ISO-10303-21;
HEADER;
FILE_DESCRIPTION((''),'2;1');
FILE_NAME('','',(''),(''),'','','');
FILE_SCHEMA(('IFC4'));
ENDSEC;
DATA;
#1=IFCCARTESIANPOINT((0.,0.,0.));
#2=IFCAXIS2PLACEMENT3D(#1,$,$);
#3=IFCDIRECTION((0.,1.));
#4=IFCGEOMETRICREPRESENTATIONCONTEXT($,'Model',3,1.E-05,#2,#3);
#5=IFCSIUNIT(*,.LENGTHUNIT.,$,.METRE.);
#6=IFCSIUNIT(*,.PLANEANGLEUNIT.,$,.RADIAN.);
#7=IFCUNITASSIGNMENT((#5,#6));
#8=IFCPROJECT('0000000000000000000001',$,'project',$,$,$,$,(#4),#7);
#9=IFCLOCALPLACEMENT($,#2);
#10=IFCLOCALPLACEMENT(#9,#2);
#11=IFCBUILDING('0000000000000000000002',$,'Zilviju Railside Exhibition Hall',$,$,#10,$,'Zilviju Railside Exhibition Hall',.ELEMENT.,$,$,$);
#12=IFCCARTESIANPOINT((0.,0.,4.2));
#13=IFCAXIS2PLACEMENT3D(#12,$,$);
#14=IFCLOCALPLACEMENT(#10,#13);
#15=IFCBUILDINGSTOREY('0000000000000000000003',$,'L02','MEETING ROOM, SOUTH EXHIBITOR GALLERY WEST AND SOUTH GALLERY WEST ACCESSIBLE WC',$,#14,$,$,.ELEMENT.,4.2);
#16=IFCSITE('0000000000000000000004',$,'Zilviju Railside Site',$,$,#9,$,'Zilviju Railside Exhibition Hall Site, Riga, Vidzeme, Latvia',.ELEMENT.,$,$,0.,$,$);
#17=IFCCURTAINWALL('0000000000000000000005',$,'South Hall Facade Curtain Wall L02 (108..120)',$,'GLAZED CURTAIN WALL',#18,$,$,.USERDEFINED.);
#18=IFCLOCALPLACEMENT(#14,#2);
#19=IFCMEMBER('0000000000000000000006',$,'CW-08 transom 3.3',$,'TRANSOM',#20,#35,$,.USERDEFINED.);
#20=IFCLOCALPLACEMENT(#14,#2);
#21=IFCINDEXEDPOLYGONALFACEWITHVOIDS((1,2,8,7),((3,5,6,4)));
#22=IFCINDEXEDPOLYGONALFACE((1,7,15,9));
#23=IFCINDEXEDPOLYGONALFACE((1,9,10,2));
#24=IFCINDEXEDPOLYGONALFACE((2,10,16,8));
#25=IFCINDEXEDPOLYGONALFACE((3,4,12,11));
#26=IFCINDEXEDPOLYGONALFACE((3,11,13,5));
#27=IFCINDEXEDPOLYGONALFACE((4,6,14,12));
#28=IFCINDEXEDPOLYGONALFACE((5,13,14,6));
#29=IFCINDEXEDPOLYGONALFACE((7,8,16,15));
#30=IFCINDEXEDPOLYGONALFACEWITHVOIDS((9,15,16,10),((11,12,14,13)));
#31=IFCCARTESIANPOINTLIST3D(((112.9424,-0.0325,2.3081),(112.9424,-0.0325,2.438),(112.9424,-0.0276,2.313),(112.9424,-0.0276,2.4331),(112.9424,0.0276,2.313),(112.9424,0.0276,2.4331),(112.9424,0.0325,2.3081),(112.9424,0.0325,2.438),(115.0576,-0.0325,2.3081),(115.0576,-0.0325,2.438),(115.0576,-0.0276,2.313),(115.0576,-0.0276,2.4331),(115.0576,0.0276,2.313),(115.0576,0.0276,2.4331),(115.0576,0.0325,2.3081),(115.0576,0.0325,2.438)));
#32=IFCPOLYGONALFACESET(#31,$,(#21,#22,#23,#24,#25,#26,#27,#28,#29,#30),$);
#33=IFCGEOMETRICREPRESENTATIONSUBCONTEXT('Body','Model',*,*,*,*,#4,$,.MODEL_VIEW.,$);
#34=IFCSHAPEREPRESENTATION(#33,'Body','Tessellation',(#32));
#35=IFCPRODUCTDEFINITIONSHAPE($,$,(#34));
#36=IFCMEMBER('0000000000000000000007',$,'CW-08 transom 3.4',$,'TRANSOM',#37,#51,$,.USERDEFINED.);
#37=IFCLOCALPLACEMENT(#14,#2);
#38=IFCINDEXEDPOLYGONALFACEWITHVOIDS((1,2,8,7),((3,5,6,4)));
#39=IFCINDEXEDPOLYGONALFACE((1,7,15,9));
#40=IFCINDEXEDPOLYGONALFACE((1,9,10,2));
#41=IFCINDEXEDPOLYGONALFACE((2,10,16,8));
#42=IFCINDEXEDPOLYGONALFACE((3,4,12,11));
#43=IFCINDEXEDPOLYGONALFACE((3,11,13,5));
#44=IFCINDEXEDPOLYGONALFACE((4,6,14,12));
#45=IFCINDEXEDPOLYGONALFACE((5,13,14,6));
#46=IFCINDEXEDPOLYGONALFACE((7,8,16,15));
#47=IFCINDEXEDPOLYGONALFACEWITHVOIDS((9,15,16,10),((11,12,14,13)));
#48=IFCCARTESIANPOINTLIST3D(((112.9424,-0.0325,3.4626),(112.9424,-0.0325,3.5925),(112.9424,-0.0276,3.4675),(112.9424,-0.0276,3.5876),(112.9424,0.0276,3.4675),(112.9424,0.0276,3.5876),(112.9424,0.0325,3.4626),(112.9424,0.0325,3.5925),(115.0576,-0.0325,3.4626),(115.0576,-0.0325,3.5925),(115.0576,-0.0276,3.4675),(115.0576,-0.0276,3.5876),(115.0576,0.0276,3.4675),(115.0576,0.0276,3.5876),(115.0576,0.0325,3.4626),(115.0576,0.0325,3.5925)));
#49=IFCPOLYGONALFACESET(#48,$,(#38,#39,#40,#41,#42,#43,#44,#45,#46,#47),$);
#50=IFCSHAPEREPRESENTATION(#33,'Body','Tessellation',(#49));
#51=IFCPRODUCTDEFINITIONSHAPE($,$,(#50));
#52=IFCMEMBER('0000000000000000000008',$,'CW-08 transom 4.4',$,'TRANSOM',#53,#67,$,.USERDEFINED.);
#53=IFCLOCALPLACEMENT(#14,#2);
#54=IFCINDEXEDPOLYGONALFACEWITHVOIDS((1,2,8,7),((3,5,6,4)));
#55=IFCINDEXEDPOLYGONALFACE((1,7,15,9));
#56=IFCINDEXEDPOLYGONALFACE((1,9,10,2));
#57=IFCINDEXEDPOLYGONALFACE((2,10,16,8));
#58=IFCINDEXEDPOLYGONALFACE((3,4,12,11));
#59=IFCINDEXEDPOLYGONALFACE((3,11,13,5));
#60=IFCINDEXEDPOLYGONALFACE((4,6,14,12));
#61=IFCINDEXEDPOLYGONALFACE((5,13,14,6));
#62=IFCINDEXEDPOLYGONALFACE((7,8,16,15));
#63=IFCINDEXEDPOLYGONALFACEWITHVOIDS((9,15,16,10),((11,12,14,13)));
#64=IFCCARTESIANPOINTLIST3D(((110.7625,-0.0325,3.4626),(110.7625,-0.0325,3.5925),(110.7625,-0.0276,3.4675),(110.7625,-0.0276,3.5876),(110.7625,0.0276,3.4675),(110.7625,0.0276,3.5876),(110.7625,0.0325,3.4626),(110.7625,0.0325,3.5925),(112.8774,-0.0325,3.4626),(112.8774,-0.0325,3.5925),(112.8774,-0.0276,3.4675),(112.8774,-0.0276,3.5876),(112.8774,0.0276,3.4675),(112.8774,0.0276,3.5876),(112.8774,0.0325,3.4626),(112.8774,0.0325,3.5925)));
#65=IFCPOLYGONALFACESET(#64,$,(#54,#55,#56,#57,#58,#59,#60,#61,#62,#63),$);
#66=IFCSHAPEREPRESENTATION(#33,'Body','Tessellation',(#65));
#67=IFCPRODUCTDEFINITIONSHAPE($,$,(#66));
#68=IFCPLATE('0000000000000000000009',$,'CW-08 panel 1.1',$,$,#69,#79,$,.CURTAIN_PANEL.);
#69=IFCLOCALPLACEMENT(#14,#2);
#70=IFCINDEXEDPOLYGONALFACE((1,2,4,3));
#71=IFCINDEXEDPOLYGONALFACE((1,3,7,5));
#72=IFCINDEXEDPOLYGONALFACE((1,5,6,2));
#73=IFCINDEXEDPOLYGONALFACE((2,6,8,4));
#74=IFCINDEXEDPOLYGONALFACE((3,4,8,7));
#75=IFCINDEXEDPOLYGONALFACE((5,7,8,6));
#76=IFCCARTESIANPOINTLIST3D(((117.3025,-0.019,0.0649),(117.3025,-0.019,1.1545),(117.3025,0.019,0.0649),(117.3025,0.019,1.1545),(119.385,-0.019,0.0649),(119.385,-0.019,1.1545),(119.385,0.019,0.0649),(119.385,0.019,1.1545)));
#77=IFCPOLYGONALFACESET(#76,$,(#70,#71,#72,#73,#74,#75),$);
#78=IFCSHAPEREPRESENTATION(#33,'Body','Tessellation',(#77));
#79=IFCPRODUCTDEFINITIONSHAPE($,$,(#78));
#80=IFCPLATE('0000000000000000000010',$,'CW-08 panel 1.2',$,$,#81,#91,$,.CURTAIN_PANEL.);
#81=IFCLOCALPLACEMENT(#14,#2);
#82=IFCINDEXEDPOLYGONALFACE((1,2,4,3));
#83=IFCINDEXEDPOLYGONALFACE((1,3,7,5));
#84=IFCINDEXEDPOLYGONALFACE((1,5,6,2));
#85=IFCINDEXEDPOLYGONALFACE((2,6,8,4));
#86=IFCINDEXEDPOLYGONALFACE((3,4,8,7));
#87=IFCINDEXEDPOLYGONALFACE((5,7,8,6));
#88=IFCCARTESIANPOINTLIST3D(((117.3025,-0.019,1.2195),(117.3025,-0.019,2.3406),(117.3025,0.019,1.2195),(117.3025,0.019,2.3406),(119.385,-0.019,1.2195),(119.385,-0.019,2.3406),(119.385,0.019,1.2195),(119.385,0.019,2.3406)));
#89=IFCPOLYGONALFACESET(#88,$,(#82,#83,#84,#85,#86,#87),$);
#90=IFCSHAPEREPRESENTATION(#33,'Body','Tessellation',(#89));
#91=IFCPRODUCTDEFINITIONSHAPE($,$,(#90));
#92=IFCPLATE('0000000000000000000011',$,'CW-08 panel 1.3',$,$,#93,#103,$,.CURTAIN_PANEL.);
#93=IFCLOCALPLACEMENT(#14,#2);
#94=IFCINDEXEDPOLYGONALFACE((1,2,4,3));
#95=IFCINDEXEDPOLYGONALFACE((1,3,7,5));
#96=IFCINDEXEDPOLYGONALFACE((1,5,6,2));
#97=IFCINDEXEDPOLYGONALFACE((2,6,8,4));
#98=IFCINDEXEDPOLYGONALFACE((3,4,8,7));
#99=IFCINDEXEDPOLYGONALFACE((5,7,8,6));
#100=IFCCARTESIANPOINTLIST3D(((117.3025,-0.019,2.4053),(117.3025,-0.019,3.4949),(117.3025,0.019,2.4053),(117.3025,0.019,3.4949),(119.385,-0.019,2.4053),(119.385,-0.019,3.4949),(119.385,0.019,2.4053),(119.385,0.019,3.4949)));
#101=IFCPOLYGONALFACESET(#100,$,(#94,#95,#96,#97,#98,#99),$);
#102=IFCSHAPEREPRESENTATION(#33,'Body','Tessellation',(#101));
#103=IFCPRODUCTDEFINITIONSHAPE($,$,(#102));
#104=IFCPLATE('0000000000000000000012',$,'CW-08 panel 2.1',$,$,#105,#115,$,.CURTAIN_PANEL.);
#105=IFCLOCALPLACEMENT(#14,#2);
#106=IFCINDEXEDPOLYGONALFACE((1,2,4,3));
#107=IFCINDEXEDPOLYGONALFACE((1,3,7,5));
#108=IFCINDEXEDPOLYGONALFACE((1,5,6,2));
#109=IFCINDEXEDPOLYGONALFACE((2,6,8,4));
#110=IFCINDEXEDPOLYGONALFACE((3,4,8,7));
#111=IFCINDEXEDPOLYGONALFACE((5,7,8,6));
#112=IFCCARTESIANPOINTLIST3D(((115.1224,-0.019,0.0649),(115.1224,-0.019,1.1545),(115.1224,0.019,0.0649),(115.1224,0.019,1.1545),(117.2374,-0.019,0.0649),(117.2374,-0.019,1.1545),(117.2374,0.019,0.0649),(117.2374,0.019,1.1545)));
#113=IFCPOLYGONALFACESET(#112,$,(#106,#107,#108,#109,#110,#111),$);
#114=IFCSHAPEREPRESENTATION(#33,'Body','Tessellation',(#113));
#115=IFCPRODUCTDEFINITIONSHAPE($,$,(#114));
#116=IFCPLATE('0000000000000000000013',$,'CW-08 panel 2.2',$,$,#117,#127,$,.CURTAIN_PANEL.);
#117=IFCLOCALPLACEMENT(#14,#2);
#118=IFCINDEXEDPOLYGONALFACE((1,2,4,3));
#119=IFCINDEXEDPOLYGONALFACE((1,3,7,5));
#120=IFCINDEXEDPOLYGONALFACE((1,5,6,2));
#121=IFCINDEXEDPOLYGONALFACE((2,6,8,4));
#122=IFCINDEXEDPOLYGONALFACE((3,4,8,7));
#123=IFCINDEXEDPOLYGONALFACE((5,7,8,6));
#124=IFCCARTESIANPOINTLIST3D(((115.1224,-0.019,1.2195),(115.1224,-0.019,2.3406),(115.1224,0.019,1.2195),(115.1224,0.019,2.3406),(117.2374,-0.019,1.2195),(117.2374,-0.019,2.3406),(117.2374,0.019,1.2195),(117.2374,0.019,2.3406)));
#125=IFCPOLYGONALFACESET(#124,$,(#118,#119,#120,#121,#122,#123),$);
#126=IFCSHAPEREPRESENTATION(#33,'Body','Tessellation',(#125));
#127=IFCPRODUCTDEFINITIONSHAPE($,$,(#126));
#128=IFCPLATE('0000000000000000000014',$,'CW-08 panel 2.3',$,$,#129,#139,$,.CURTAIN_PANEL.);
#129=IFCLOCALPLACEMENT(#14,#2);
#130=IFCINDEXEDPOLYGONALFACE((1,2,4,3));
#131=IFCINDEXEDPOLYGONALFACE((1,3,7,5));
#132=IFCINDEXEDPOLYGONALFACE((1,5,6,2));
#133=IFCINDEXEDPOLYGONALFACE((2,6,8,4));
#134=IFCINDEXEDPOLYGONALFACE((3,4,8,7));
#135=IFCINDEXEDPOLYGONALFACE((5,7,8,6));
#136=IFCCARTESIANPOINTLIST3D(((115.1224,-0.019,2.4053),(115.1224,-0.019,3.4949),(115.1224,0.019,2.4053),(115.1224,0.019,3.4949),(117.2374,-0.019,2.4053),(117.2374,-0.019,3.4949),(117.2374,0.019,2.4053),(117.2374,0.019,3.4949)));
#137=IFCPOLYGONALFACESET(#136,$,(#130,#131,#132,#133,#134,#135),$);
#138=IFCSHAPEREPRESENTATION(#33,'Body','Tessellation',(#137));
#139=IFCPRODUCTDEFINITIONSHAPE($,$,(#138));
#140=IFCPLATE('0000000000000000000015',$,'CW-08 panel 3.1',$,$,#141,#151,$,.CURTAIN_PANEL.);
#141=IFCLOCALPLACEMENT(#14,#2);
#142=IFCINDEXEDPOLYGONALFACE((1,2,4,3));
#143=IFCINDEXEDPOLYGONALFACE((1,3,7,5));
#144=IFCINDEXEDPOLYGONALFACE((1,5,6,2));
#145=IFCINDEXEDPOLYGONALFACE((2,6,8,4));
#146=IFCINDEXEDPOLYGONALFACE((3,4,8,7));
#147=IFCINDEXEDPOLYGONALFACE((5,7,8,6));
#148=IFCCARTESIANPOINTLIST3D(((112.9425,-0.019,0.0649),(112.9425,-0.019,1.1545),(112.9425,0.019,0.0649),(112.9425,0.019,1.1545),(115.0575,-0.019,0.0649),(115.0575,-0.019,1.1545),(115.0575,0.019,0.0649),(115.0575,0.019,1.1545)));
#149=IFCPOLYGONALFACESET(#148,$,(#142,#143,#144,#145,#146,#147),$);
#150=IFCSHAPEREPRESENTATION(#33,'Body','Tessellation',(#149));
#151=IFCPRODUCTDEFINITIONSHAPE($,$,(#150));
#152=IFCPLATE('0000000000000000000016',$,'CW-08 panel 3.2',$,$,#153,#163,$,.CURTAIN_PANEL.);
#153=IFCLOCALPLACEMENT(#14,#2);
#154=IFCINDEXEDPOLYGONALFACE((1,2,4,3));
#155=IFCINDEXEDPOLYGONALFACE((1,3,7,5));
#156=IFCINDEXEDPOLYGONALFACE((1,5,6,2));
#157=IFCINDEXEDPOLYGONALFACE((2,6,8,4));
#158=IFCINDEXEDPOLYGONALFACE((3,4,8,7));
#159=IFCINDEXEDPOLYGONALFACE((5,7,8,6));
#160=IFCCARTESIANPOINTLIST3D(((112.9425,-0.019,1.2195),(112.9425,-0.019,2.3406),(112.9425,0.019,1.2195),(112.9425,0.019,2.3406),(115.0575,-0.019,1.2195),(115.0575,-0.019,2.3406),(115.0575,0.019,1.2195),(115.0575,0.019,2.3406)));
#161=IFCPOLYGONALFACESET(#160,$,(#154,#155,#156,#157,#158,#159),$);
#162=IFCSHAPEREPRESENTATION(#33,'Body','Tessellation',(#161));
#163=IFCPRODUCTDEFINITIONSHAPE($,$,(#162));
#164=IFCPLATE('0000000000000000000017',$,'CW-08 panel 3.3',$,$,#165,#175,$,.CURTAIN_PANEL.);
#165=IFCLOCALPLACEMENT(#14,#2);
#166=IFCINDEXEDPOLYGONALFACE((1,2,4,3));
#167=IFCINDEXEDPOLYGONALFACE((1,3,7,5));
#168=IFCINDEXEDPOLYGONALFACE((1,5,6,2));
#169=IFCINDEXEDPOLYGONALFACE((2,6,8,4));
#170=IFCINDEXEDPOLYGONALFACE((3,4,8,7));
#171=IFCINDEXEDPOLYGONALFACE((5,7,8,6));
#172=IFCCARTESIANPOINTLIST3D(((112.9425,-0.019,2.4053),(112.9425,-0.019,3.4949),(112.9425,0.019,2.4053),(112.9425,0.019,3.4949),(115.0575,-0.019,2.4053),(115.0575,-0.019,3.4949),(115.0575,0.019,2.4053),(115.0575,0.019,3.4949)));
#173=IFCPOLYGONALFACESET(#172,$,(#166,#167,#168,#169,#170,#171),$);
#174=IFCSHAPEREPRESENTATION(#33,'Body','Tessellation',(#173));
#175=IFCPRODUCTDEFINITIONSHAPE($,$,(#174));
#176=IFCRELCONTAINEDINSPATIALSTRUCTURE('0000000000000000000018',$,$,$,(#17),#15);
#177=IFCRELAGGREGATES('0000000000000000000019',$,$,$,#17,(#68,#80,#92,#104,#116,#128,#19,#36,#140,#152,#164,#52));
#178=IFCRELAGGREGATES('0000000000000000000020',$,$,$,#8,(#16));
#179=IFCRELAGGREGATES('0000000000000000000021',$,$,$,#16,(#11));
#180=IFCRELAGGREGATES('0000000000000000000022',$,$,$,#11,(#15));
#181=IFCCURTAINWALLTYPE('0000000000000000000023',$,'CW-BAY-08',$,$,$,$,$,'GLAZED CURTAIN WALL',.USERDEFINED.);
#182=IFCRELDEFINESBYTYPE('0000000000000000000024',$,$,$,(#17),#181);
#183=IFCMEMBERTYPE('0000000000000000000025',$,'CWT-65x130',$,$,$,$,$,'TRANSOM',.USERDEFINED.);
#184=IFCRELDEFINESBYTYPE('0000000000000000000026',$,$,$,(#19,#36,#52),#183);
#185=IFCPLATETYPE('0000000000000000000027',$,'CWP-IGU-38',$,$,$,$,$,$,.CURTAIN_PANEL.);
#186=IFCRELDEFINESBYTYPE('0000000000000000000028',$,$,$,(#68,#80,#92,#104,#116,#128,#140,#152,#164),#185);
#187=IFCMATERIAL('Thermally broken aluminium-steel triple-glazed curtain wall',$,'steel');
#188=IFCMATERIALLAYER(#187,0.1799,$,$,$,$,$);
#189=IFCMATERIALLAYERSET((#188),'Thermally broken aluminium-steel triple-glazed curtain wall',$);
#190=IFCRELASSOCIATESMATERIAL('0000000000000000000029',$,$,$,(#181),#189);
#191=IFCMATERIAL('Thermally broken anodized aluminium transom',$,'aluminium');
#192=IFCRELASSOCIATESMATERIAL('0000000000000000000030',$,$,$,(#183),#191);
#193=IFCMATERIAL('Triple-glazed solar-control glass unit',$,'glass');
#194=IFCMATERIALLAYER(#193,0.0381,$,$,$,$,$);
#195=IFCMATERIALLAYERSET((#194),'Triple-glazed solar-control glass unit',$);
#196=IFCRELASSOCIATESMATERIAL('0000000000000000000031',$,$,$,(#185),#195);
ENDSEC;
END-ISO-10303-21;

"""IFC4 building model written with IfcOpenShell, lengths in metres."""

from ifc_helpers import new_model, si_unit, direction, frame, origin, origin_2d, place, context, subcontext, project, spatial, rectangle, hollow_rectangle, extrude, material, layer, layer_set, material_profile, profile_set, type_object, element, aggregate, save


model = new_model("IFC4")

# Units and contexts
model_context = context("Model", 3, precision=1e-05, world=origin(), true_north=direction((0.0, 1.0)))
body_context = subcontext(model_context, "Body", "Model", "MODEL_VIEW")
ifc_project = project(units=[si_unit("LENGTHUNIT", "METRE"), si_unit("PLANEANGLEUNIT", "RADIAN")], contexts=[model_context])

# Site, building, storey
site_placement = place(None, origin())
site = spatial("IfcSite", under=ifc_project, at=site_placement, Name="Zilviju Railside Site", LongName="Zilviju Railside Exhibition Hall Site, Riga, Vidzeme, Latvia", CompositionType="ELEMENT", RefElevation=0.0)
building_placement = place(site_placement, origin())
building = spatial("IfcBuilding", under=site, at=building_placement, Name="Zilviju Railside Exhibition Hall", LongName="Zilviju Railside Exhibition Hall", CompositionType="ELEMENT")
storey_placement = place(building_placement, frame((0.0, 0.0, 4.2)))
storey = spatial("IfcBuildingStorey", under=building, at=storey_placement, Name="L02", Description="MEETING ROOM, SOUTH EXHIBITOR GALLERY WEST AND SOUTH GALLERY WEST ACCESSIBLE WC", CompositionType="ELEMENT", Elevation=4.2)

# Curtain wall, members, plates
ifc_material_1 = material(Name="Thermally broken aluminium-steel triple-glazed curtain wall", Category="steel")
ifc_layer_1 = layer(ifc_material_1, 0.1799)
ifc_layer_set_1 = layer_set([ifc_layer_1], Name="Thermally broken aluminium-steel triple-glazed curtain wall")
curtain_wall_type = type_object("IfcCurtainWallType", Name="CW-BAY-08", ElementType="GLAZED CURTAIN WALL", PredefinedType="USERDEFINED", material=ifc_layer_set_1)
curtain_wall_placement = place(storey_placement, origin())
curtain_wall = element("IfcCurtainWall", 1, at=curtain_wall_placement, inside=storey, type_object=curtain_wall_type, Name="South Hall Facade Curtain Wall L02 (108..120)", ObjectType="GLAZED CURTAIN WALL", PredefinedType="USERDEFINED")
ifc_material_2 = material(Name="Thermally broken anodized aluminium transom", Category="aluminium")
ifc_material_profile_1 = material_profile(ifc_material_2, hollow_rectangle(XDim=0.0649, YDim=0.1299, WallThickness=0.0049, at=origin_2d()), Name="TRANSOM 130x65x5")
ifc_profile_set_1 = profile_set([ifc_material_profile_1], Name="Thermally broken anodized aluminium transom")
member_type_1 = type_object("IfcMemberType", Name="CWT-65x130", ElementType="TRANSOM", PredefinedType="USERDEFINED", material=ifc_profile_set_1)
member_1_placement = place(storey_placement, frame((115.0576, 0.0, 2.373), z_axis=(-1.0, 0.0, 0.0), x_axis=(0.0, -1.0, 0.0)))
member_1 = element("IfcMember", 2, at=member_1_placement, type_object=member_type_1, Name="CW-08 transom 3.3", ObjectType="TRANSOM", PredefinedType="USERDEFINED", context=body_context, shape_type="SweptSolid", body=[
    extrude(hollow_rectangle(XDim=0.0649, YDim=0.1299, WallThickness=0.0049, at=origin_2d()), origin(), (0.0, 0.0, 1.0), 2.1152),
])
member_2_placement = place(storey_placement, frame((115.0576, 0.0, 3.5276), z_axis=(-1.0, 0.0, 0.0), x_axis=(0.0, -1.0, 0.0)))
member_2 = element("IfcMember", 3, at=member_2_placement, type_object=member_type_1, Name="CW-08 transom 3.4", ObjectType="TRANSOM", PredefinedType="USERDEFINED", context=body_context, shape_type="SweptSolid", body=[
    extrude(hollow_rectangle(XDim=0.0649, YDim=0.1299, WallThickness=0.0049, at=origin_2d()), origin(), (0.0, 0.0, 1.0), 2.1152),
])
member_3_placement = place(storey_placement, frame((112.8774, 0.0, 3.5276), z_axis=(-1.0, 0.0, 0.0), x_axis=(0.0, -1.0, 0.0)))
member_3 = element("IfcMember", 4, at=member_3_placement, type_object=member_type_1, Name="CW-08 transom 4.4", ObjectType="TRANSOM", PredefinedType="USERDEFINED", context=body_context, shape_type="SweptSolid", body=[
    extrude(hollow_rectangle(XDim=0.0649, YDim=0.1299, WallThickness=0.0049, at=origin_2d()), origin(), (0.0, 0.0, 1.0), 2.115),
])
ifc_material_3 = material(Name="Triple-glazed solar-control glass unit", Category="glass")
ifc_layer_2 = layer(ifc_material_3, 0.0381)
ifc_layer_set_2 = layer_set([ifc_layer_2], Name="Triple-glazed solar-control glass unit")
plate_type = type_object("IfcPlateType", Name="CWP-IGU-38", PredefinedType="CURTAIN_PANEL", material=ifc_layer_set_2)
plate_1_placement = place(storey_placement, frame((118.3438, 0.0, 0.0649), z_axis=(0.0, 0.0, 1.0), x_axis=(-1.0, 0.0, 0.0)))
plate_1 = element("IfcPlate", 5, at=plate_1_placement, type_object=plate_type, Name="CW-08 panel 1.1", PredefinedType="CURTAIN_PANEL", context=body_context, shape_type="SweptSolid", body=[
    extrude(rectangle(XDim=2.0825, YDim=0.0381, at=origin_2d()), origin(), (0.0, 0.0, 1.0), 1.0896),
])
plate_2_placement = place(storey_placement, frame((118.3438, 0.0, 1.2195), z_axis=(0.0, 0.0, 1.0), x_axis=(-1.0, 0.0, 0.0)))
plate_2 = element("IfcPlate", 6, at=plate_2_placement, type_object=plate_type, Name="CW-08 panel 1.2", PredefinedType="CURTAIN_PANEL", context=body_context, shape_type="SweptSolid", body=[
    extrude(rectangle(XDim=2.0825, YDim=0.0381, at=origin_2d()), origin(), (0.0, 0.0, 1.0), 1.1211),
])
plate_3_placement = place(storey_placement, frame((118.3438, 0.0, 2.4053), z_axis=(0.0, 0.0, 1.0), x_axis=(-1.0, 0.0, 0.0)))
plate_3 = element("IfcPlate", 7, at=plate_3_placement, type_object=plate_type, Name="CW-08 panel 1.3", PredefinedType="CURTAIN_PANEL", context=body_context, shape_type="SweptSolid", body=[
    extrude(rectangle(XDim=2.0825, YDim=0.0381, at=origin_2d()), origin(), (0.0, 0.0, 1.0), 1.0896),
])
plate_4_placement = place(storey_placement, frame((116.1799, 0.0, 0.0649), z_axis=(0.0, 0.0, 1.0), x_axis=(-1.0, 0.0, 0.0)))
plate_4 = element("IfcPlate", 8, at=plate_4_placement, type_object=plate_type, Name="CW-08 panel 2.1", PredefinedType="CURTAIN_PANEL", context=body_context, shape_type="SweptSolid", body=[
    extrude(rectangle(XDim=2.115, YDim=0.0381, at=origin_2d()), origin(), (0.0, 0.0, 1.0), 1.0896),
])
plate_5_placement = place(storey_placement, frame((116.1799, 0.0, 1.2195), z_axis=(0.0, 0.0, 1.0), x_axis=(-1.0, 0.0, 0.0)))
plate_5 = element("IfcPlate", 9, at=plate_5_placement, type_object=plate_type, Name="CW-08 panel 2.2", PredefinedType="CURTAIN_PANEL", context=body_context, shape_type="SweptSolid", body=[
    extrude(rectangle(XDim=2.115, YDim=0.0381, at=origin_2d()), origin(), (0.0, 0.0, 1.0), 1.1211),
])
plate_6_placement = place(storey_placement, frame((116.1799, 0.0, 2.4053), z_axis=(0.0, 0.0, 1.0), x_axis=(-1.0, 0.0, 0.0)))
plate_6 = element("IfcPlate", 10, at=plate_6_placement, type_object=plate_type, Name="CW-08 panel 2.3", PredefinedType="CURTAIN_PANEL", context=body_context, shape_type="SweptSolid", body=[
    extrude(rectangle(XDim=2.115, YDim=0.0381, at=origin_2d()), origin(), (0.0, 0.0, 1.0), 1.0896),
])
plate_7_placement = place(storey_placement, frame((114.0, 0.0, 0.0649), z_axis=(0.0, 0.0, 1.0), x_axis=(-1.0, 0.0, 0.0)))
plate_7 = element("IfcPlate", 11, at=plate_7_placement, type_object=plate_type, Name="CW-08 panel 3.1", PredefinedType="CURTAIN_PANEL", context=body_context, shape_type="SweptSolid", body=[
    extrude(rectangle(XDim=2.115, YDim=0.0381, at=origin_2d()), origin(), (0.0, 0.0, 1.0), 1.0896),
])
plate_8_placement = place(storey_placement, frame((114.0, 0.0, 1.2195), z_axis=(0.0, 0.0, 1.0), x_axis=(-1.0, 0.0, 0.0)))
plate_8 = element("IfcPlate", 12, at=plate_8_placement, type_object=plate_type, Name="CW-08 panel 3.2", PredefinedType="CURTAIN_PANEL", context=body_context, shape_type="SweptSolid", body=[
    extrude(rectangle(XDim=2.115, YDim=0.0381, at=origin_2d()), origin(), (0.0, 0.0, 1.0), 1.1211),
])
plate_9_placement = place(storey_placement, frame((114.0, 0.0, 2.4053), z_axis=(0.0, 0.0, 1.0), x_axis=(-1.0, 0.0, 0.0)))
plate_9 = element("IfcPlate", 13, at=plate_9_placement, type_object=plate_type, Name="CW-08 panel 3.3", PredefinedType="CURTAIN_PANEL", context=body_context, shape_type="SweptSolid", body=[
    extrude(rectangle(XDim=2.115, YDim=0.0381, at=origin_2d()), origin(), (0.0, 0.0, 1.0), 1.0896),
])
aggregate(curtain_wall, [plate_1, plate_2, plate_3, plate_4, plate_5, plate_6, member_1, member_2, plate_7, plate_8, plate_9, member_3])

save(model, "model.ifc")
